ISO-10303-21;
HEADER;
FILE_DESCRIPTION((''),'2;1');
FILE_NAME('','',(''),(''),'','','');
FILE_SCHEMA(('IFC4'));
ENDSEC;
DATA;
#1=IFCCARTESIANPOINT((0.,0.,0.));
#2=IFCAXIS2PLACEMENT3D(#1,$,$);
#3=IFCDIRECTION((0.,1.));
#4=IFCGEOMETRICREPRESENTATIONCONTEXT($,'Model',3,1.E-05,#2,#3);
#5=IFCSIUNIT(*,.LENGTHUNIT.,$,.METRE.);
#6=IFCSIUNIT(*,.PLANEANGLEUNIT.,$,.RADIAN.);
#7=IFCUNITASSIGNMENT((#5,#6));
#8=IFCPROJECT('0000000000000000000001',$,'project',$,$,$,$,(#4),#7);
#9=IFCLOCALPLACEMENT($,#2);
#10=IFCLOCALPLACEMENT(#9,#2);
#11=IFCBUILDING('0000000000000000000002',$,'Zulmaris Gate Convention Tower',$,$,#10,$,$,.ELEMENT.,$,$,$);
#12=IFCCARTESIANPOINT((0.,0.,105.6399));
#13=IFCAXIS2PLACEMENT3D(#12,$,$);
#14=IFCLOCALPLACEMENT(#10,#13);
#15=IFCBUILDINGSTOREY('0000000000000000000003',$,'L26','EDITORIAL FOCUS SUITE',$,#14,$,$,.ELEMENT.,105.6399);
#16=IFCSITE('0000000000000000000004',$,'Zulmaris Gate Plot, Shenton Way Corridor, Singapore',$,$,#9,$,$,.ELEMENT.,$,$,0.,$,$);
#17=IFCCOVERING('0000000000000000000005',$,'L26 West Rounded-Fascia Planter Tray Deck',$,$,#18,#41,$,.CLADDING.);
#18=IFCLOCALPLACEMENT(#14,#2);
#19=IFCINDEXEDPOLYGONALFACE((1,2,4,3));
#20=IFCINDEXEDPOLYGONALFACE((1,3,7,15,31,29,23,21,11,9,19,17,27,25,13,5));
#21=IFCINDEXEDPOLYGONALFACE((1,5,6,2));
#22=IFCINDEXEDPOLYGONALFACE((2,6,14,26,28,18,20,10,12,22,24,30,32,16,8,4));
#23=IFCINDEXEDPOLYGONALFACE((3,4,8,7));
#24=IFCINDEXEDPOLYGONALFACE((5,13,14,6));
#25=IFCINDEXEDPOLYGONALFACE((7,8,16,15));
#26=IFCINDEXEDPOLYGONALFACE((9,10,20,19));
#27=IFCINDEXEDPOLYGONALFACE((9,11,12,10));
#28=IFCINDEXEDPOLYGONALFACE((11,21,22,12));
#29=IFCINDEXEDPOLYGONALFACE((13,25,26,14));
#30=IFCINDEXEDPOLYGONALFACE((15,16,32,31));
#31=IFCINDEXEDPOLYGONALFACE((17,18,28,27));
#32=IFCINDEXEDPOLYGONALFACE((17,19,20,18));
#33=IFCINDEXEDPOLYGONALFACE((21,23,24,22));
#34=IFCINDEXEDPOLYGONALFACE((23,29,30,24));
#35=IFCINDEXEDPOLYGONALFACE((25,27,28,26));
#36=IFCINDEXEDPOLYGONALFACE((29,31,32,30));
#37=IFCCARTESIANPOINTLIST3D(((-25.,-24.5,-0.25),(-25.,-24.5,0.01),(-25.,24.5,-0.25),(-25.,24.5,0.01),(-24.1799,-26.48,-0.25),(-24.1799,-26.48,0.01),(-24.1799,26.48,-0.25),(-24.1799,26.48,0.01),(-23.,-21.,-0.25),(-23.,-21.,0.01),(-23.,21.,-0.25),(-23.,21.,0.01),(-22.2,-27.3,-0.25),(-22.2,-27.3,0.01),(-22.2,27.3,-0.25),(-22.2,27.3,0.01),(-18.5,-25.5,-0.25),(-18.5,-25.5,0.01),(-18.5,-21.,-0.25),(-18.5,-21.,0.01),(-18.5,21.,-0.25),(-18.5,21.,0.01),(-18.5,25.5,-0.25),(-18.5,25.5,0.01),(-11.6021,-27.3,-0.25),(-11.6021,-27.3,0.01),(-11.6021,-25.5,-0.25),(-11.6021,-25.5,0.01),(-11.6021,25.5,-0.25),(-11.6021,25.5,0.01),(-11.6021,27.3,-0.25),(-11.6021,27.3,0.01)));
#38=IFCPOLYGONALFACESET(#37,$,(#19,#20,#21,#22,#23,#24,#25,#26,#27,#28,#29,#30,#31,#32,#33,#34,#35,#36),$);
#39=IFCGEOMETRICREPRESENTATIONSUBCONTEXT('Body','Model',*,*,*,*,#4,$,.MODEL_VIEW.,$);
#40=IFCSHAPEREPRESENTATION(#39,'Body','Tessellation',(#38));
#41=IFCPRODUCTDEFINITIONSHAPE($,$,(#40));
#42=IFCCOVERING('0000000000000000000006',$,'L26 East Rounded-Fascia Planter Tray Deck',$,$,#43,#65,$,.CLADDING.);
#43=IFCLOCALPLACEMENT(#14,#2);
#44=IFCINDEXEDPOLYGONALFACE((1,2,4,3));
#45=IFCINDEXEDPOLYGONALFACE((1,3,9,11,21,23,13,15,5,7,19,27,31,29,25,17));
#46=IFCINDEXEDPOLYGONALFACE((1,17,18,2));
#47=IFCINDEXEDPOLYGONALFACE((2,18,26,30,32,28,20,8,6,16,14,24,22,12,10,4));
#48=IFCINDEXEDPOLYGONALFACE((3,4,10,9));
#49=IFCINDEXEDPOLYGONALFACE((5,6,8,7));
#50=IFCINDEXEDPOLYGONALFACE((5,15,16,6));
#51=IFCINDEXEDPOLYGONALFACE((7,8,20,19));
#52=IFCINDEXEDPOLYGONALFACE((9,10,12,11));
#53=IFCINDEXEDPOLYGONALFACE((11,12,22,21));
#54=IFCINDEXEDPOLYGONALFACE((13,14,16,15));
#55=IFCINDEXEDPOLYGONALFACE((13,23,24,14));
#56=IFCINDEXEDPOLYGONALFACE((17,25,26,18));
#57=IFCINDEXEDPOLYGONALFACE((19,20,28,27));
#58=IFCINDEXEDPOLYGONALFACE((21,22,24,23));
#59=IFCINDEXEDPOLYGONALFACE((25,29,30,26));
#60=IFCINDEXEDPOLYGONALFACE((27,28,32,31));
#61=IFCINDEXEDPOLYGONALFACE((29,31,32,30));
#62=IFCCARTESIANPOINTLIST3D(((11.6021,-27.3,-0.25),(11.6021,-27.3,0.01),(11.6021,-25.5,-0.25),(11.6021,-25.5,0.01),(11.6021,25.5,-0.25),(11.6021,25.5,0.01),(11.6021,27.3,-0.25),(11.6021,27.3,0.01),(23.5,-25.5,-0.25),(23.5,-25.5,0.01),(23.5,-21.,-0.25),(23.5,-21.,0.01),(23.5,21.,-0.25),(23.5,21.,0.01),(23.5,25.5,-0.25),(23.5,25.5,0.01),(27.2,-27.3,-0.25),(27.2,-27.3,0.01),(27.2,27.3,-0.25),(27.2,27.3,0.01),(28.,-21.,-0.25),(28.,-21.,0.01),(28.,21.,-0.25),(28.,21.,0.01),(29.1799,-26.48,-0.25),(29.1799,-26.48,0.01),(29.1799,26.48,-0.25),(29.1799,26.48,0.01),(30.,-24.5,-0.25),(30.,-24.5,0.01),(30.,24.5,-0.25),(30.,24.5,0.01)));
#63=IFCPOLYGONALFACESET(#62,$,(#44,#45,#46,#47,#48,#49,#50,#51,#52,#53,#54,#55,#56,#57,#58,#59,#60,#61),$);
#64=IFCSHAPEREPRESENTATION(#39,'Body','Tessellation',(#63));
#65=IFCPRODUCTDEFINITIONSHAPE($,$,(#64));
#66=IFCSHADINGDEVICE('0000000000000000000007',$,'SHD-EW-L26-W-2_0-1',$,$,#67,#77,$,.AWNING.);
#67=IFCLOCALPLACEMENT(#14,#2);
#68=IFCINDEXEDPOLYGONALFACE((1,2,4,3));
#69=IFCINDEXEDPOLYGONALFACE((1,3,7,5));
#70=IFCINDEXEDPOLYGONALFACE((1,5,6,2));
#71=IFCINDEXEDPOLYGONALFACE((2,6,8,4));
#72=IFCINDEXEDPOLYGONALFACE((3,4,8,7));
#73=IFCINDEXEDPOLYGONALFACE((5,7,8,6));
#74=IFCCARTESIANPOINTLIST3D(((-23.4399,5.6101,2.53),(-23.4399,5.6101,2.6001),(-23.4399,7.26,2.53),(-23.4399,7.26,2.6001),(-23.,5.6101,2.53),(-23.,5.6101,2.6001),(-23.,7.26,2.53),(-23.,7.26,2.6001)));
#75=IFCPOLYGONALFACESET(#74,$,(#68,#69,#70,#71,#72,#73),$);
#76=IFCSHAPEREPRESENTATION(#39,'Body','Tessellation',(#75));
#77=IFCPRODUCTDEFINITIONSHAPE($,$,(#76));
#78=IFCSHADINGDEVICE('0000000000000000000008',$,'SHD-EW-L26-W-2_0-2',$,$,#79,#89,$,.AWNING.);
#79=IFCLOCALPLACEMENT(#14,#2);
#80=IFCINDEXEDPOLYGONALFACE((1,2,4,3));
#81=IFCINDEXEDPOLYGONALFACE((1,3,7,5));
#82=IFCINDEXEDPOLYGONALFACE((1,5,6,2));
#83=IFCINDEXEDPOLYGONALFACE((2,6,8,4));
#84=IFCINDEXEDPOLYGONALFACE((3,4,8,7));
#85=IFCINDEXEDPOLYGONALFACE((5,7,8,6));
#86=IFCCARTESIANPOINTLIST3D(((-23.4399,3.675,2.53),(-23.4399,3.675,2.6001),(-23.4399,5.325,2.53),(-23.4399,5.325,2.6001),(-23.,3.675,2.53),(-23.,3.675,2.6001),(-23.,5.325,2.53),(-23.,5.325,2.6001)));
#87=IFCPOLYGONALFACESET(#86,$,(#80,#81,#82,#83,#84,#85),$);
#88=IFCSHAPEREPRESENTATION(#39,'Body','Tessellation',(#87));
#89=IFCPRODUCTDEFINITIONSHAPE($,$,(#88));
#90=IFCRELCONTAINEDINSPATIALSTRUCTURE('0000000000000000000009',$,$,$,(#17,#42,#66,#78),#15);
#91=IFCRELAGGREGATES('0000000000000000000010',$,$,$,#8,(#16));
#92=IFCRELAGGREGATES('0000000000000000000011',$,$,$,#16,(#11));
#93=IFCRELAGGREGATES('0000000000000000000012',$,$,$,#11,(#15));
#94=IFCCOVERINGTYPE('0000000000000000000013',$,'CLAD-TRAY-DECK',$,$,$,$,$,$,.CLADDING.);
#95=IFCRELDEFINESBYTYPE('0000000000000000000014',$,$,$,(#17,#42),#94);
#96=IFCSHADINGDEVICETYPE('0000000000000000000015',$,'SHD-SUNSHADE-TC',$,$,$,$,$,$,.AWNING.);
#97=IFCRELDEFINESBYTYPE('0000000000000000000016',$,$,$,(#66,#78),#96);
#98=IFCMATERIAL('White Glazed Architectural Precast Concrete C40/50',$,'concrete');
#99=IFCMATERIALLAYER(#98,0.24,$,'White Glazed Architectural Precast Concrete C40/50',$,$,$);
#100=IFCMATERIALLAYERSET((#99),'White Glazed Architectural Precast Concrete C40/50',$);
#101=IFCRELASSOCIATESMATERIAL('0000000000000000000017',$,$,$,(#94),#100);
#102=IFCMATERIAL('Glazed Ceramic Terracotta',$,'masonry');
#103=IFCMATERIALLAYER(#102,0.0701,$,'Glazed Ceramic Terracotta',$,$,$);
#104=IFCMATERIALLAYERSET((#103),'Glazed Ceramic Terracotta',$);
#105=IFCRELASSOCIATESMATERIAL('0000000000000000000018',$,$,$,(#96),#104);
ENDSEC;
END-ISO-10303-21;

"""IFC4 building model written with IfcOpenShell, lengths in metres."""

from ifc_helpers import new_model, si_unit, direction, frame, frame_2d, origin, place, context, subcontext, project, spatial, polyline, rectangle, outline, extrude, material, layer, layer_set, type_object, element, save


model = new_model("IFC4")

# Units and contexts
model_context = context("Model", 3, precision=1e-05, world=origin(), true_north=direction((0.0, 1.0)))
body_context = subcontext(model_context, "Body", "Model", "MODEL_VIEW")
ifc_project = project(units=[si_unit("LENGTHUNIT", "METRE"), si_unit("PLANEANGLEUNIT", "RADIAN")], contexts=[model_context])

# Site, building, storey
site_placement = place(None, origin())
site = spatial("IfcSite", under=ifc_project, at=site_placement, Name="Zulmaris Gate Plot, Shenton Way Corridor, Singapore", CompositionType="ELEMENT", RefElevation=0.0)
building_placement = place(site_placement, origin())
building = spatial("IfcBuilding", under=site, at=building_placement, Name="Zulmaris Gate Convention Tower", CompositionType="ELEMENT")
storey_placement = place(building_placement, frame((0.0, 0.0, 105.6399)))
storey = spatial("IfcBuildingStorey", under=building, at=storey_placement, Name="L26", Description="EDITORIAL FOCUS SUITE", CompositionType="ELEMENT", Elevation=105.6399)

# Coverings
ifc_material_1 = material(Name="White Glazed Architectural Precast Concrete C40/50", Category="concrete")
ifc_layer_1 = layer(ifc_material_1, 0.24, Name="White Glazed Architectural Precast Concrete C40/50")
ifc_layer_set_1 = layer_set([ifc_layer_1], Name="White Glazed Architectural Precast Concrete C40/50")
covering_type_1 = type_object("IfcCoveringType", Name="CLAD-TRAY-DECK", PredefinedType="CLADDING", material=ifc_layer_set_1)
covering_1_placement = place(storey_placement, frame((0.0, 0.0, -0.25)))
element("IfcCovering", 1, at=covering_1_placement, inside=storey, type_object=covering_type_1, Name="L26 West Rounded-Fascia Planter Tray Deck", PredefinedType="CLADDING", context=body_context, shape_type="SweptSolid", body=[
    extrude(outline(polyline([(-25.0, 24.5), (-24.1799, 26.48), (-22.2, 27.3), (-11.6021, 27.3), (-11.6021, 25.5), (-18.5, 25.5), (-18.5, 21.0), (-23.0, 21.0), (-23.0, -21.0), (-18.5, -21.0), (-18.5, -25.5), (-11.6021, -25.5), (-11.6021, -27.3), (-22.2, -27.3), (-24.1799, -26.48), (-25.0, -24.5), (-25.0, 24.5)])), origin(), (0.0, 0.0, 1.0), 0.26),
])
covering_2_placement = place(storey_placement, frame((0.0, 0.0, -0.25)))
element("IfcCovering", 2, at=covering_2_placement, inside=storey, type_object=covering_type_1, Name="L26 East Rounded-Fascia Planter Tray Deck", PredefinedType="CLADDING", context=body_context, shape_type="SweptSolid", body=[
    extrude(outline(polyline([(27.2, 27.3), (29.1799, 26.48), (30.0, 24.5), (30.0, -24.5), (29.1799, -26.48), (27.2, -27.3), (11.6021, -27.3), (11.6021, -25.5), (23.5, -25.5), (23.5, -21.0), (28.0, -21.0), (28.0, 21.0), (23.5, 21.0), (23.5, 25.5), (11.6021, 25.5), (11.6021, 27.3), (27.2, 27.3)])), origin(), (0.0, 0.0, 1.0), 0.26),
])

# Shading devices
ifc_material_2 = material(Name="Glazed Ceramic Terracotta", Category="masonry")
ifc_layer_2 = layer(ifc_material_2, 0.0701, Name="Glazed Ceramic Terracotta")
ifc_layer_set_2 = layer_set([ifc_layer_2], Name="Glazed Ceramic Terracotta")
shading_device_type = type_object("IfcShadingDeviceType", Name="SHD-SUNSHADE-TC", PredefinedType="AWNING", material=ifc_layer_set_2)
for number, where, z_axis, x_axis, name in (
    (3, (-23.22, 7.26, 2.53), (0.0, 0.0, 1.0), (0.0, -1.0, 0.0), "SHD-EW-L26-W-2_0-1"),
    (4, (-23.22, 5.325, 2.53), (0.0, 0.0, 1.0), (0.0, -1.0, 0.0), "SHD-EW-L26-W-2_0-2"),
):
    element("IfcShadingDevice", number, at=place(storey_placement, frame(where, z_axis=z_axis, x_axis=x_axis)), inside=storey, type_object=shading_device_type, Name=name, PredefinedType="AWNING", context=body_context, shape_type="SweptSolid", body=[
        extrude(rectangle(XDim=1.6499, YDim=0.4399, at=frame_2d((0.825, 0.0))), origin(), (0.0, 0.0, 1.0), 0.0701),
    ])

save(model, "model.ifc")
